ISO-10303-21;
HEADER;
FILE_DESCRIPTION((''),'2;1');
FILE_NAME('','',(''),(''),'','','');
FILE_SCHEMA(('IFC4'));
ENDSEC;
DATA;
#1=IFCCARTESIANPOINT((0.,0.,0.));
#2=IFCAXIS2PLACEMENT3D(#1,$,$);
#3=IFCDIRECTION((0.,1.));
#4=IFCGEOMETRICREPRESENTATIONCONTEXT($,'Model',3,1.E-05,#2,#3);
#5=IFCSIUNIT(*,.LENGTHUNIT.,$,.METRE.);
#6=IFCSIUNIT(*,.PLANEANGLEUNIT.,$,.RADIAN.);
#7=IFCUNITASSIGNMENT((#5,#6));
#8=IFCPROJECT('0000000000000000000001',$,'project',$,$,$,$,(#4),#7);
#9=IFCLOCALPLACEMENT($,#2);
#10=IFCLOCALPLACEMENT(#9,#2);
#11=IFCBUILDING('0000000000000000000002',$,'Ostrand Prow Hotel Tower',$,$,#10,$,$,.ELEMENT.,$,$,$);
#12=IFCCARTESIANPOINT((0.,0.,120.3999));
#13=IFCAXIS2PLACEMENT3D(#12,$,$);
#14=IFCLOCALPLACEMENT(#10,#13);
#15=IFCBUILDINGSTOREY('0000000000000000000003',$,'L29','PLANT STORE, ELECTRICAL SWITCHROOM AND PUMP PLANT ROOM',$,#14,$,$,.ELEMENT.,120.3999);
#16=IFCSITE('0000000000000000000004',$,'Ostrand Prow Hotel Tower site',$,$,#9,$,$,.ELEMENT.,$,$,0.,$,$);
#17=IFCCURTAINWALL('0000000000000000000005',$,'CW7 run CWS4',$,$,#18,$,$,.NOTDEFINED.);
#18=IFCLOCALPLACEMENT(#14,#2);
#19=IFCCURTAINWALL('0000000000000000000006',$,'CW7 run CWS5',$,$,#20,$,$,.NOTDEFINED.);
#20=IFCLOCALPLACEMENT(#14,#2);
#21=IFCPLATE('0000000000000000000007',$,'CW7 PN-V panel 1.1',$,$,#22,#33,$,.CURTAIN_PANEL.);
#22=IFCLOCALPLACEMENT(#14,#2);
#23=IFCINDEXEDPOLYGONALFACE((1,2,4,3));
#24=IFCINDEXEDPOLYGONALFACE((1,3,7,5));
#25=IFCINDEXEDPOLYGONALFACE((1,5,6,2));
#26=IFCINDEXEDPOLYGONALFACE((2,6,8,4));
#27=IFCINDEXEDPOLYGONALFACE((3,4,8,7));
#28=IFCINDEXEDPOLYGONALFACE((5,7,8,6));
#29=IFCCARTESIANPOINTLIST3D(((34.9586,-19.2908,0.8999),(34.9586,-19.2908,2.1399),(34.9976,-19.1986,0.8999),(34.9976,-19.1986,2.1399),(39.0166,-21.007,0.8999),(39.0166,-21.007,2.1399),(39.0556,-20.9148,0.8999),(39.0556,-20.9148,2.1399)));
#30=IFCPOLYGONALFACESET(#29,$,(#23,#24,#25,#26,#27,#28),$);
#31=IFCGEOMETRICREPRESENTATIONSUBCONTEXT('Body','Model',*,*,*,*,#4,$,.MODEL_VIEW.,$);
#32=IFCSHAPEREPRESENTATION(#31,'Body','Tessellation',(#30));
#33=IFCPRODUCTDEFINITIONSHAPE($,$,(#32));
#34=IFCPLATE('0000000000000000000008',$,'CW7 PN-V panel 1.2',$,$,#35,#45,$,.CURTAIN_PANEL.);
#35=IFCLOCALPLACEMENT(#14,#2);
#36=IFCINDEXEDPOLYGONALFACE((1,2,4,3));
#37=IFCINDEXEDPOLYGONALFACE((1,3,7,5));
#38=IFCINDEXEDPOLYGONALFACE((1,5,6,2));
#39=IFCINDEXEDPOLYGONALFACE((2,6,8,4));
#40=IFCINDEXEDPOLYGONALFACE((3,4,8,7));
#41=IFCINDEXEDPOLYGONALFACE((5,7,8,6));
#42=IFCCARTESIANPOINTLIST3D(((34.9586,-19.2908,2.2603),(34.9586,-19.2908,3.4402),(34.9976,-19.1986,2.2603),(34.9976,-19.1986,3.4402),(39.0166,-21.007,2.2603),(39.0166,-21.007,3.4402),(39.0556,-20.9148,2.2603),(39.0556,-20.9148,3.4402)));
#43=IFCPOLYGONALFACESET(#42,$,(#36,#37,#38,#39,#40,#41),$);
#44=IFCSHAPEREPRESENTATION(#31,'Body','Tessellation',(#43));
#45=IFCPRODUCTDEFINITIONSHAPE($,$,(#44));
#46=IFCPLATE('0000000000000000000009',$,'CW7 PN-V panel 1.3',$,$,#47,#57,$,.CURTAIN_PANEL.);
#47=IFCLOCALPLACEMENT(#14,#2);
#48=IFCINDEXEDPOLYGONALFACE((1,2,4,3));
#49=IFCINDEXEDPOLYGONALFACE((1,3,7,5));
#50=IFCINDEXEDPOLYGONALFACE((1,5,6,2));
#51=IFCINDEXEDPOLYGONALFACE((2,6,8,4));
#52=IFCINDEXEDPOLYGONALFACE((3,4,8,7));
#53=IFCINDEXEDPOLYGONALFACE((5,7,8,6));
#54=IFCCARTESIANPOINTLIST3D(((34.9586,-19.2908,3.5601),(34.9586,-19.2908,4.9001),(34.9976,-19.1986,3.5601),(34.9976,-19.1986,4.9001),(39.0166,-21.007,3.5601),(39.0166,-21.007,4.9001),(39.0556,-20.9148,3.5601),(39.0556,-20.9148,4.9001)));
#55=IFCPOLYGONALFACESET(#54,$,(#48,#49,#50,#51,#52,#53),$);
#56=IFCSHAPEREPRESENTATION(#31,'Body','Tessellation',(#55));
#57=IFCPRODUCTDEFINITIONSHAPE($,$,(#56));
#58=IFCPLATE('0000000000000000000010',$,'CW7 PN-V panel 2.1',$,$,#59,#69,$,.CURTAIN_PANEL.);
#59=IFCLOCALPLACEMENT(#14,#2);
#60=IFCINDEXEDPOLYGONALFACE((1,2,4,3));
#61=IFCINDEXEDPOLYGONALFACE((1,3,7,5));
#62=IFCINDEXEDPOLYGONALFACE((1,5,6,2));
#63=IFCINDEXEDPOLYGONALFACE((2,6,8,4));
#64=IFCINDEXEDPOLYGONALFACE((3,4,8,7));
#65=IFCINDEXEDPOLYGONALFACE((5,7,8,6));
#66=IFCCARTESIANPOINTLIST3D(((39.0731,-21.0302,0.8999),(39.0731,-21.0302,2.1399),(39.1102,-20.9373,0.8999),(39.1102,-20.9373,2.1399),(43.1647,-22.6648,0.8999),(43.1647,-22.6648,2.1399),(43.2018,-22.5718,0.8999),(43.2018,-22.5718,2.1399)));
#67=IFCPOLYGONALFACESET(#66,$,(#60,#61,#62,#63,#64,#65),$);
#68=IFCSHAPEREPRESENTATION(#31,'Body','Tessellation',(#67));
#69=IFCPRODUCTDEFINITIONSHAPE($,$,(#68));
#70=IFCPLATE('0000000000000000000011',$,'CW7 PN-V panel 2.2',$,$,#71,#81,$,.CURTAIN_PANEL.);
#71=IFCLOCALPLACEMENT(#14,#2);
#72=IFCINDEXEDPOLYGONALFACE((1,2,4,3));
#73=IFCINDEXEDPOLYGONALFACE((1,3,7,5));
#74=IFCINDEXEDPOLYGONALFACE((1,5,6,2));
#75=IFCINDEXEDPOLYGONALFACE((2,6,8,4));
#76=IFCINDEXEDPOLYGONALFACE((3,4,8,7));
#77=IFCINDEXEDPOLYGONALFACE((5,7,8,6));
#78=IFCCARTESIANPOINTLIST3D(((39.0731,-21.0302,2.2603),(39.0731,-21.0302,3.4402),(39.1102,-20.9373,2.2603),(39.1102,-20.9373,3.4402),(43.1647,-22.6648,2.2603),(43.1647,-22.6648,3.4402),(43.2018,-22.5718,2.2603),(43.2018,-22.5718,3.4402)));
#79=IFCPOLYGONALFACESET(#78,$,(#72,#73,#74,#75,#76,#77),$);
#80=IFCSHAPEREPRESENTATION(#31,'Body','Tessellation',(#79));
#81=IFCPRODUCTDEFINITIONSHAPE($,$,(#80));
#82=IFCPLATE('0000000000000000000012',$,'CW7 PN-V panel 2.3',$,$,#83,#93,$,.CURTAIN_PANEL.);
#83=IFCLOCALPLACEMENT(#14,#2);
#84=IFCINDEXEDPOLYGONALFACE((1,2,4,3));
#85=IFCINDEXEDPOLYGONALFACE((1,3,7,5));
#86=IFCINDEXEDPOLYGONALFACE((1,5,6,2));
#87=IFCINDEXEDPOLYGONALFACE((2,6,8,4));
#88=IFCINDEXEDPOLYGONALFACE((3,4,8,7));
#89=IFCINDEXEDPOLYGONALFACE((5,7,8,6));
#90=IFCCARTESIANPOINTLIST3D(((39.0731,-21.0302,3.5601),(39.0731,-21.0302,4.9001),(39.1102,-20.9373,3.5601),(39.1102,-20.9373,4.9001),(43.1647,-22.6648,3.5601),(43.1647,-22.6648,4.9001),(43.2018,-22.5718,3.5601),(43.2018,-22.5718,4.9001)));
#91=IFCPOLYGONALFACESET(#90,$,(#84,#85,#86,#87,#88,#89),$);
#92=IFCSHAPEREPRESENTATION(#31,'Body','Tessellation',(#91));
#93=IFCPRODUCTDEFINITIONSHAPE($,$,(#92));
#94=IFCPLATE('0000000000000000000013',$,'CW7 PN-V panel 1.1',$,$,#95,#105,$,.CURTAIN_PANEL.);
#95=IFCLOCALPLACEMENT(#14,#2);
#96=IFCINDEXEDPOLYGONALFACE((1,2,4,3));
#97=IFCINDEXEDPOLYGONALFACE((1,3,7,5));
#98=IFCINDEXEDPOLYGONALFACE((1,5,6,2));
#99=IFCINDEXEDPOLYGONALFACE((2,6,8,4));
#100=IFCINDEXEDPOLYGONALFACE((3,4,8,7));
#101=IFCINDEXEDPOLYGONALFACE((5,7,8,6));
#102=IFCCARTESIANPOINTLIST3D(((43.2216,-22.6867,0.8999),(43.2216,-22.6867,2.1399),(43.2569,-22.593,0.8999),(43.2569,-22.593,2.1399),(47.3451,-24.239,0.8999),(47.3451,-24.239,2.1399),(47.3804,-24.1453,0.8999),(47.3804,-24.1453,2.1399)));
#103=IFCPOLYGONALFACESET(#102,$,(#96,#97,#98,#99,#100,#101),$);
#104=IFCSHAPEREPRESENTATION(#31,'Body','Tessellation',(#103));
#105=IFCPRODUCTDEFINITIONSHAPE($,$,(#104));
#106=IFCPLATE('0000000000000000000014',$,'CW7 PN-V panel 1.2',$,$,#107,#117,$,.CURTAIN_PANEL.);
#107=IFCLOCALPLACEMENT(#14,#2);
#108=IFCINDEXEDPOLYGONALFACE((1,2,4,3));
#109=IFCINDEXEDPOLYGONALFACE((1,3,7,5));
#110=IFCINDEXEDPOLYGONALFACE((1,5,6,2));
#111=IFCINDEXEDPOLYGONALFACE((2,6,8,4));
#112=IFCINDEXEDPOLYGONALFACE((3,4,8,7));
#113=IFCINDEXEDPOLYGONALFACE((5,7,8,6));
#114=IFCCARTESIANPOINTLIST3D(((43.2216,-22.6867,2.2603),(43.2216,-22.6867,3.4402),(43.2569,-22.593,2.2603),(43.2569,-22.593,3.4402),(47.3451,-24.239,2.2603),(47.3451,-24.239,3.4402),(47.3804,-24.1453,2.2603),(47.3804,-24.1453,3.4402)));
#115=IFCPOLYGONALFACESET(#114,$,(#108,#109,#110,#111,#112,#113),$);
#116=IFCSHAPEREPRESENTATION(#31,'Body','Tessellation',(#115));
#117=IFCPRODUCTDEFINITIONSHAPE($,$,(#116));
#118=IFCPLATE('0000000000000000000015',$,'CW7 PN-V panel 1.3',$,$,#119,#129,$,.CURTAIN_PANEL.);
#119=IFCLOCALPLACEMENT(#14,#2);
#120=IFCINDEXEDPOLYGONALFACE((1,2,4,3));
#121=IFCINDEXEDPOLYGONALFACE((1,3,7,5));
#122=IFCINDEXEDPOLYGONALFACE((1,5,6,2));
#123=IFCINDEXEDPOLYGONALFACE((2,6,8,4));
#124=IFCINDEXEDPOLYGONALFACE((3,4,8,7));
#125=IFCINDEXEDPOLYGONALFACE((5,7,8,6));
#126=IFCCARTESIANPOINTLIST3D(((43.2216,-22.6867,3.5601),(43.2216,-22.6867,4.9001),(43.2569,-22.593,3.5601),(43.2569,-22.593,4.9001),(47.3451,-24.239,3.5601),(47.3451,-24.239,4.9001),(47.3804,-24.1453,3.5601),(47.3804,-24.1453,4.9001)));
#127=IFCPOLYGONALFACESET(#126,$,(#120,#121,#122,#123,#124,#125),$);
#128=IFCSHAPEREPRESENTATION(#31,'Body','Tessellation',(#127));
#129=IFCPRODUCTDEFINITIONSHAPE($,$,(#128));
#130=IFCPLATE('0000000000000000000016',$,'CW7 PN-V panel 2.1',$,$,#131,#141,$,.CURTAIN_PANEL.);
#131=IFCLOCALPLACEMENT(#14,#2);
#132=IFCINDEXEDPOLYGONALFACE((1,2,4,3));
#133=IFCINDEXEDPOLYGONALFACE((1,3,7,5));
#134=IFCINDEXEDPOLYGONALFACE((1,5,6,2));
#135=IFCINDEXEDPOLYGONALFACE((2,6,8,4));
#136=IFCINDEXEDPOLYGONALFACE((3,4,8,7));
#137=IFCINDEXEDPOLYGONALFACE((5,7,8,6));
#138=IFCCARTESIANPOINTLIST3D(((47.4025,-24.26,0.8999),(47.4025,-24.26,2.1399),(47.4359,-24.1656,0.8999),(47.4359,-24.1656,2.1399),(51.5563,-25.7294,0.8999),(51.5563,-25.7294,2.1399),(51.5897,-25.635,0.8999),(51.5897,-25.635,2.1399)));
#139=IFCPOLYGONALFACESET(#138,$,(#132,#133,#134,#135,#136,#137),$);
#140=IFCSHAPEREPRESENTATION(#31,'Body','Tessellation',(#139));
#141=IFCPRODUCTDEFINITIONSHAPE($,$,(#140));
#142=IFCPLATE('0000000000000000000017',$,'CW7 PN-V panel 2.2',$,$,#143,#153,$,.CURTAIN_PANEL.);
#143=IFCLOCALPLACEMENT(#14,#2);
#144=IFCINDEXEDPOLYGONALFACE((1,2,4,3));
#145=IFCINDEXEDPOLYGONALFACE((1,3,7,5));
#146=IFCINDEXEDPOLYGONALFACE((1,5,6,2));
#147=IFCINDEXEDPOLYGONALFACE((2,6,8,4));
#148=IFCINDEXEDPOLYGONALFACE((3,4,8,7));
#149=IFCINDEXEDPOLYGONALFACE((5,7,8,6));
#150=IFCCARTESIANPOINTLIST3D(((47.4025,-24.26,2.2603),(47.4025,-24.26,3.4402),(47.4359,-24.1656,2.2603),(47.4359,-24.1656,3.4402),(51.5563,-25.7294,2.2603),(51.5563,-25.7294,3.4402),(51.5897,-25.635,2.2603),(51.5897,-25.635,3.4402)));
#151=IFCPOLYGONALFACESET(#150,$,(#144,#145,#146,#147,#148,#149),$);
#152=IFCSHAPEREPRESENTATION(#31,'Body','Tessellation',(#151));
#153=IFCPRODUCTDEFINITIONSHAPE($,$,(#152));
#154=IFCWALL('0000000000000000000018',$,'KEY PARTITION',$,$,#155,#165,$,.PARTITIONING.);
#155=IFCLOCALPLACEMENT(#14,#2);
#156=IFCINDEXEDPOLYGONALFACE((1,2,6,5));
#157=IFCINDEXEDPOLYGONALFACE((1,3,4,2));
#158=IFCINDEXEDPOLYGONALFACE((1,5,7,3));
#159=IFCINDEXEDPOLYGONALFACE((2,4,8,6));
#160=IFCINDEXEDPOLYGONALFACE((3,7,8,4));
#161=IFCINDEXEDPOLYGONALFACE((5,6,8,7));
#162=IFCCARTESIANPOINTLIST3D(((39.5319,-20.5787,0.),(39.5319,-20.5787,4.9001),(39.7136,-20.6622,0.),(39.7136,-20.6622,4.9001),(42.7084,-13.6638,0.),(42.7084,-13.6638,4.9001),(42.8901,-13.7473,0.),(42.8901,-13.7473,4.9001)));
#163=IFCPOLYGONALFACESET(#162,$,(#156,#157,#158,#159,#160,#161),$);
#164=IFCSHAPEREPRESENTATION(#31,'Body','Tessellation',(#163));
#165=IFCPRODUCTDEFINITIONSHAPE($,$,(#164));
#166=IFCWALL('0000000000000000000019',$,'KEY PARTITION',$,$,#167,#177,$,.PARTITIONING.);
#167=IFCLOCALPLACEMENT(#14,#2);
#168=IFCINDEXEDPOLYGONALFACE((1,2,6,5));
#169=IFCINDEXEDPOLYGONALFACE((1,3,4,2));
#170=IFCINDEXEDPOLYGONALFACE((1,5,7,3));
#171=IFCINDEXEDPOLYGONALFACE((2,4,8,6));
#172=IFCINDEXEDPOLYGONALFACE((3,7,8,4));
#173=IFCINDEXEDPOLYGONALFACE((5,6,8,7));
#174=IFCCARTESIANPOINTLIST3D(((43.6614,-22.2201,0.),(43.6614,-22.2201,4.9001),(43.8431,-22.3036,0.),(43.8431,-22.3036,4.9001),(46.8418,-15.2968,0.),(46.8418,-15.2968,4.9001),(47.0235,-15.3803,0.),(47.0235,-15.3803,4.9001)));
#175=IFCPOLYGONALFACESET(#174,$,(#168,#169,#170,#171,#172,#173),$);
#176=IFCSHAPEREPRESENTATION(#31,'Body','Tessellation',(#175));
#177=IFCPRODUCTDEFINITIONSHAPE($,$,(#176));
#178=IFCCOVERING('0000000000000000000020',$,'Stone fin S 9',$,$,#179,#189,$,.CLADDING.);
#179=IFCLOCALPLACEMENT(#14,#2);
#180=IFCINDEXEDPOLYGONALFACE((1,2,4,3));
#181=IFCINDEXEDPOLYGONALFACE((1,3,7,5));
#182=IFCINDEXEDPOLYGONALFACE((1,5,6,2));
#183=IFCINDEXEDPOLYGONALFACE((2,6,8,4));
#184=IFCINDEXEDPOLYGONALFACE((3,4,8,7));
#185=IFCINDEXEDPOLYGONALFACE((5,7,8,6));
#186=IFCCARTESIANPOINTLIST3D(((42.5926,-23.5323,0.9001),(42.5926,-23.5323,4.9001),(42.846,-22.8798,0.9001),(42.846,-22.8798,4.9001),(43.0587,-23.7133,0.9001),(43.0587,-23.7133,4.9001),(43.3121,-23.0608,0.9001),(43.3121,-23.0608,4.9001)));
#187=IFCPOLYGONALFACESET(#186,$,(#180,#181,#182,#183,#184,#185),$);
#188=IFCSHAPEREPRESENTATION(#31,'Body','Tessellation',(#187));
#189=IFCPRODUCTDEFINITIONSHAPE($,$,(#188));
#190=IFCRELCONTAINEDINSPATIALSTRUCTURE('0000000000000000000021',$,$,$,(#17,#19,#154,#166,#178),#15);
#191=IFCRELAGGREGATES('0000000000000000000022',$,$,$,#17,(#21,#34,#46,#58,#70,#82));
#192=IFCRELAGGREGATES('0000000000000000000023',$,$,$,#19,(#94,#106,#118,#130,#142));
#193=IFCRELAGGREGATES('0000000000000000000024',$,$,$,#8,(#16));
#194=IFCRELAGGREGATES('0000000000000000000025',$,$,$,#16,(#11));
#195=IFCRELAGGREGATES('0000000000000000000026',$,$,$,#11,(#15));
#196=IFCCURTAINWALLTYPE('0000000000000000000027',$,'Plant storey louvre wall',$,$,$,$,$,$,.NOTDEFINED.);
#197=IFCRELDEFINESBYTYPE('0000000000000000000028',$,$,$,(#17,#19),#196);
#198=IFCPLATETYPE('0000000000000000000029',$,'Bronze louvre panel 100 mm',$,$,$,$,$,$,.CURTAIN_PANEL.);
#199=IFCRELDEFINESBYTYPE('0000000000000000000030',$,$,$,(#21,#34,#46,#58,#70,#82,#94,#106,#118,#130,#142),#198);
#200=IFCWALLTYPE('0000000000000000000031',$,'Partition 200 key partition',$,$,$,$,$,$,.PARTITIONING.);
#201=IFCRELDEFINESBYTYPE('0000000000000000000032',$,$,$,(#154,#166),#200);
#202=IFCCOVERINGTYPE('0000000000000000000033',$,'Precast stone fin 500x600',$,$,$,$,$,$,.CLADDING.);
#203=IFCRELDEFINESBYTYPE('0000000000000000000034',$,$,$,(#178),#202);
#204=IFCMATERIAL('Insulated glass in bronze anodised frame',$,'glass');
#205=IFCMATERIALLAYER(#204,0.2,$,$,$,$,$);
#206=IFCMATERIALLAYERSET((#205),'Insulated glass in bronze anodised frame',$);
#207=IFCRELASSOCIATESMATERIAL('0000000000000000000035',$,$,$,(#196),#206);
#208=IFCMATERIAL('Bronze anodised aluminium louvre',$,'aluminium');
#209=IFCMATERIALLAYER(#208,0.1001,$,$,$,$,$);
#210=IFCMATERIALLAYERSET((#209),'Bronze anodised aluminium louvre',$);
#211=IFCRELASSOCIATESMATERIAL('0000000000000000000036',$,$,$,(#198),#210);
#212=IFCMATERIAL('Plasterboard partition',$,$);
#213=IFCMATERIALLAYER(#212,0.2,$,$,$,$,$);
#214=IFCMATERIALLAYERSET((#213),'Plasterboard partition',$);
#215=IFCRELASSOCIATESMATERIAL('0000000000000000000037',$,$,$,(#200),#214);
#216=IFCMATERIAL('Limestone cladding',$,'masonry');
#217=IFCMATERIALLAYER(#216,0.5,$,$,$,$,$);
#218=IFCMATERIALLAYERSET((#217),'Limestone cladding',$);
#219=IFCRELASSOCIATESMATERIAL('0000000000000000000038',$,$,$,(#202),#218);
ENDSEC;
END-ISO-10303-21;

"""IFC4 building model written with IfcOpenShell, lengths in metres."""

from ifc_helpers import new_model, si_unit, direction, frame, frame_2d, origin, origin_2d, place, context, subcontext, project, spatial, rectangle, extrude, material, layer, layer_set, type_object, element, aggregate, save


model = new_model("IFC4")

# Units and contexts
model_context = context("Model", 3, precision=1e-05, world=origin(), true_north=direction((0.0, 1.0)))
body_context = subcontext(model_context, "Body", "Model", "MODEL_VIEW")
ifc_project = project(units=[si_unit("LENGTHUNIT", "METRE"), si_unit("PLANEANGLEUNIT", "RADIAN")], contexts=[model_context])

# Site, building, storey
site_placement = place(None, origin())
site = spatial("IfcSite", under=ifc_project, at=site_placement, Name="Ostrand Prow Hotel Tower site", CompositionType="ELEMENT", RefElevation=0.0)
building_placement = place(site_placement, origin())
building = spatial("IfcBuilding", under=site, at=building_placement, Name="Ostrand Prow Hotel Tower", CompositionType="ELEMENT")
storey_placement = place(building_placement, frame((0.0, 0.0, 120.3999)))
storey = spatial("IfcBuildingStorey", under=building, at=storey_placement, Name="L29", Description="PLANT STORE, ELECTRICAL SWITCHROOM AND PUMP PLANT ROOM", CompositionType="ELEMENT", Elevation=120.3999)

# Curtain wall
ifc_material_1 = material(Name="Insulated glass in bronze anodised frame", Category="glass")
ifc_layer_1 = layer(ifc_material_1, 0.2)
ifc_layer_set_1 = layer_set([ifc_layer_1], Name="Insulated glass in bronze anodised frame")
curtain_wall_type = type_object("IfcCurtainWallType", Name="Plant storey louvre wall", PredefinedType="NOTDEFINED", material=ifc_layer_set_1)
curtain_wall_1_placement = place(storey_placement, origin())
curtain_wall_1 = element("IfcCurtainWall", 1, at=curtain_wall_1_placement, inside=storey, type_object=curtain_wall_type, Name="CW7 run CWS4", PredefinedType="NOTDEFINED")

# Curtain wall
curtain_wall_2_placement = place(storey_placement, origin())
curtain_wall_2 = element("IfcCurtainWall", 2, at=curtain_wall_2_placement, inside=storey, type_object=curtain_wall_type, Name="CW7 run CWS5", PredefinedType="NOTDEFINED")

# Plates
ifc_material_2 = material(Name="Bronze anodised aluminium louvre", Category="aluminium")
ifc_layer_2 = layer(ifc_material_2, 0.1001)
ifc_layer_set_2 = layer_set([ifc_layer_2], Name="Bronze anodised aluminium louvre")
plate_type = type_object("IfcPlateType", Name="Bronze louvre panel 100 mm", PredefinedType="CURTAIN_PANEL", material=ifc_layer_set_2)
plate_1_placement = place(storey_placement, frame((37.0071, -20.1028, 0.8999), z_axis=(0.0, 0.0, 1.0), x_axis=(0.921024, -0.389507, 0.0)))
plate_1 = element("IfcPlate", 3, at=plate_1_placement, type_object=plate_type, Name="CW7 PN-V panel 1.1", PredefinedType="CURTAIN_PANEL", context=body_context, shape_type="SweptSolid", body=[
    extrude(rectangle(XDim=4.406, YDim=0.1001, at=origin_2d()), origin(), (0.0, 0.0, 1.0), 1.24),
])
plate_2_placement = place(storey_placement, frame((37.0071, -20.1028, 2.2603), z_axis=(0.0, 0.0, 1.0), x_axis=(0.921024, -0.389507, 0.0)))
plate_2 = element("IfcPlate", 4, at=plate_2_placement, type_object=plate_type, Name="CW7 PN-V panel 1.2", PredefinedType="CURTAIN_PANEL", context=body_context, shape_type="SweptSolid", body=[
    extrude(rectangle(XDim=4.406, YDim=0.1001, at=origin_2d()), origin(), (0.0, 0.0, 1.0), 1.1799),
])
plate_3_placement = place(storey_placement, frame((37.0071, -20.1028, 3.5601), z_axis=(0.0, 0.0, 1.0), x_axis=(0.921024, -0.389507, 0.0)))
plate_3 = element("IfcPlate", 5, at=plate_3_placement, type_object=plate_type, Name="CW7 PN-V panel 1.3", PredefinedType="CURTAIN_PANEL", context=body_context, shape_type="SweptSolid", body=[
    extrude(rectangle(XDim=4.406, YDim=0.1001, at=origin_2d()), origin(), (0.0, 0.0, 1.0), 1.3401),
])
plate_4_placement = place(storey_placement, frame((41.1375, -21.801, 0.8999), z_axis=(0.0, 0.0, 1.0), x_axis=(0.92864, -0.370982, 0.0)))
plate_4 = element("IfcPlate", 6, at=plate_4_placement, type_object=plate_type, Name="CW7 PN-V panel 2.1", PredefinedType="CURTAIN_PANEL", context=body_context, shape_type="SweptSolid", body=[
    extrude(rectangle(XDim=4.406, YDim=0.1001, at=origin_2d()), origin(), (0.0, 0.0, 1.0), 1.24),
])
plate_5_placement = place(storey_placement, frame((41.1375, -21.801, 2.2603), z_axis=(0.0, 0.0, 1.0), x_axis=(0.92864, -0.370982, 0.0)))
plate_5 = element("IfcPlate", 7, at=plate_5_placement, type_object=plate_type, Name="CW7 PN-V panel 2.2", PredefinedType="CURTAIN_PANEL", context=body_context, shape_type="SweptSolid", body=[
    extrude(rectangle(XDim=4.406, YDim=0.1001, at=origin_2d()), origin(), (0.0, 0.0, 1.0), 1.1799),
])
plate_6_placement = place(storey_placement, frame((41.1375, -21.801, 3.5601), z_axis=(0.0, 0.0, 1.0), x_axis=(0.92864, -0.370982, 0.0)))
plate_6 = element("IfcPlate", 8, at=plate_6_placement, type_object=plate_type, Name="CW7 PN-V panel 2.3", PredefinedType="CURTAIN_PANEL", context=body_context, shape_type="SweptSolid", body=[
    extrude(rectangle(XDim=4.406, YDim=0.1001, at=origin_2d()), origin(), (0.0, 0.0, 1.0), 1.3401),
])
aggregate(curtain_wall_1, [plate_1, plate_2, plate_3, plate_4, plate_5, plate_6])
plate_7_placement = place(storey_placement, frame((45.301, -23.416, 0.8999), z_axis=(0.0, 0.0, 1.0), x_axis=(0.935884, -0.352309, 0.0)))
plate_7 = element("IfcPlate", 9, at=plate_7_placement, type_object=plate_type, Name="CW7 PN-V panel 1.1", PredefinedType="CURTAIN_PANEL", context=body_context, shape_type="SweptSolid", body=[
    extrude(rectangle(XDim=4.406, YDim=0.1001, at=origin_2d()), origin(), (0.0, 0.0, 1.0), 1.24),
])
plate_8_placement = place(storey_placement, frame((45.301, -23.416, 2.2603), z_axis=(0.0, 0.0, 1.0), x_axis=(0.935884, -0.352309, 0.0)))
plate_8 = element("IfcPlate", 10, at=plate_8_placement, type_object=plate_type, Name="CW7 PN-V panel 1.2", PredefinedType="CURTAIN_PANEL", context=body_context, shape_type="SweptSolid", body=[
    extrude(rectangle(XDim=4.406, YDim=0.1001, at=origin_2d()), origin(), (0.0, 0.0, 1.0), 1.1799),
])
plate_9_placement = place(storey_placement, frame((45.301, -23.416, 3.5601), z_axis=(0.0, 0.0, 1.0), x_axis=(0.935884, -0.352309, 0.0)))
plate_9 = element("IfcPlate", 11, at=plate_9_placement, type_object=plate_type, Name="CW7 PN-V panel 1.3", PredefinedType="CURTAIN_PANEL", context=body_context, shape_type="SweptSolid", body=[
    extrude(rectangle(XDim=4.406, YDim=0.1001, at=origin_2d()), origin(), (0.0, 0.0, 1.0), 1.3401),
])
plate_10_placement = place(storey_placement, frame((49.4961, -24.9475, 0.8999), z_axis=(0.0, 0.0, 1.0), x_axis=(0.942752, -0.333496, 0.0)))
plate_10 = element("IfcPlate", 12, at=plate_10_placement, type_object=plate_type, Name="CW7 PN-V panel 2.1", PredefinedType="CURTAIN_PANEL", context=body_context, shape_type="SweptSolid", body=[
    extrude(rectangle(XDim=4.406, YDim=0.1001, at=origin_2d()), origin(), (0.0, 0.0, 1.0), 1.24),
])
plate_11_placement = place(storey_placement, frame((49.4961, -24.9475, 2.2603), z_axis=(0.0, 0.0, 1.0), x_axis=(0.942752, -0.333496, 0.0)))
plate_11 = element("IfcPlate", 13, at=plate_11_placement, type_object=plate_type, Name="CW7 PN-V panel 2.2", PredefinedType="CURTAIN_PANEL", context=body_context, shape_type="SweptSolid", body=[
    extrude(rectangle(XDim=4.406, YDim=0.1001, at=origin_2d()), origin(), (0.0, 0.0, 1.0), 1.1799),
])
aggregate(curtain_wall_2, [plate_7, plate_8, plate_9, plate_10, plate_11])

# Walls
ifc_material_3 = material(Name="Plasterboard partition")
ifc_layer_3 = layer(ifc_material_3, 0.2)
ifc_layer_set_3 = layer_set([ifc_layer_3], Name="Plasterboard partition")
wall_type = type_object("IfcWallType", Name="Partition 200 key partition", PredefinedType="PARTITIONING", material=ifc_layer_set_3)
wall_1_placement = place(storey_placement, frame((39.6228, -20.6204, 0.0), z_axis=(0.0, 0.0, 1.0), x_axis=(0.417428, 0.90871, 0.0)))
element("IfcWall", 14, at=wall_1_placement, inside=storey, type_object=wall_type, Name="KEY PARTITION", PredefinedType="PARTITIONING", context=body_context, shape_type="SweptSolid", body=[
    extrude(rectangle(XDim=7.6096, YDim=0.2, at=frame_2d((3.8047, 0.0))), origin(), (0.0, 0.0, 1.0), 4.9001),
])
wall_2_placement = place(storey_placement, frame((43.7522, -22.262, 0.0), z_axis=(0.0, 0.0, 1.0), x_axis=(0.417438, 0.908705, 0.0)))
element("IfcWall", 15, at=wall_2_placement, inside=storey, type_object=wall_type, Name="KEY PARTITION", PredefinedType="PARTITIONING", context=body_context, shape_type="SweptSolid", body=[
    extrude(rectangle(XDim=7.6189, YDim=0.2, at=frame_2d((3.8096, 0.0))), origin(), (0.0, 0.0, 1.0), 4.9001),
])

# Covering
ifc_material_4 = material(Name="Limestone cladding", Category="masonry")
ifc_layer_4 = layer(ifc_material_4, 0.5)
ifc_layer_set_4 = layer_set([ifc_layer_4], Name="Limestone cladding")
covering_type = type_object("IfcCoveringType", Name="Precast stone fin 500x600", PredefinedType="CLADDING", material=ifc_layer_set_4)
covering_placement = place(storey_placement, frame((43.0791, -22.9702, 0.9001), z_axis=(0.0, 0.0, 1.0), x_axis=(-0.361992, -0.932181, 0.0)))
element("IfcCovering", 16, at=covering_placement, inside=storey, type_object=covering_type, Name="Stone fin S 9", PredefinedType="CLADDING", context=body_context, shape_type="SweptSolid", body=[
    extrude(rectangle(XDim=0.7, YDim=0.5, at=frame_2d((0.3501, 0.0))), origin(), (0.0, 0.0, 1.0), 4.0),
])

save(model, "model.ifc")
